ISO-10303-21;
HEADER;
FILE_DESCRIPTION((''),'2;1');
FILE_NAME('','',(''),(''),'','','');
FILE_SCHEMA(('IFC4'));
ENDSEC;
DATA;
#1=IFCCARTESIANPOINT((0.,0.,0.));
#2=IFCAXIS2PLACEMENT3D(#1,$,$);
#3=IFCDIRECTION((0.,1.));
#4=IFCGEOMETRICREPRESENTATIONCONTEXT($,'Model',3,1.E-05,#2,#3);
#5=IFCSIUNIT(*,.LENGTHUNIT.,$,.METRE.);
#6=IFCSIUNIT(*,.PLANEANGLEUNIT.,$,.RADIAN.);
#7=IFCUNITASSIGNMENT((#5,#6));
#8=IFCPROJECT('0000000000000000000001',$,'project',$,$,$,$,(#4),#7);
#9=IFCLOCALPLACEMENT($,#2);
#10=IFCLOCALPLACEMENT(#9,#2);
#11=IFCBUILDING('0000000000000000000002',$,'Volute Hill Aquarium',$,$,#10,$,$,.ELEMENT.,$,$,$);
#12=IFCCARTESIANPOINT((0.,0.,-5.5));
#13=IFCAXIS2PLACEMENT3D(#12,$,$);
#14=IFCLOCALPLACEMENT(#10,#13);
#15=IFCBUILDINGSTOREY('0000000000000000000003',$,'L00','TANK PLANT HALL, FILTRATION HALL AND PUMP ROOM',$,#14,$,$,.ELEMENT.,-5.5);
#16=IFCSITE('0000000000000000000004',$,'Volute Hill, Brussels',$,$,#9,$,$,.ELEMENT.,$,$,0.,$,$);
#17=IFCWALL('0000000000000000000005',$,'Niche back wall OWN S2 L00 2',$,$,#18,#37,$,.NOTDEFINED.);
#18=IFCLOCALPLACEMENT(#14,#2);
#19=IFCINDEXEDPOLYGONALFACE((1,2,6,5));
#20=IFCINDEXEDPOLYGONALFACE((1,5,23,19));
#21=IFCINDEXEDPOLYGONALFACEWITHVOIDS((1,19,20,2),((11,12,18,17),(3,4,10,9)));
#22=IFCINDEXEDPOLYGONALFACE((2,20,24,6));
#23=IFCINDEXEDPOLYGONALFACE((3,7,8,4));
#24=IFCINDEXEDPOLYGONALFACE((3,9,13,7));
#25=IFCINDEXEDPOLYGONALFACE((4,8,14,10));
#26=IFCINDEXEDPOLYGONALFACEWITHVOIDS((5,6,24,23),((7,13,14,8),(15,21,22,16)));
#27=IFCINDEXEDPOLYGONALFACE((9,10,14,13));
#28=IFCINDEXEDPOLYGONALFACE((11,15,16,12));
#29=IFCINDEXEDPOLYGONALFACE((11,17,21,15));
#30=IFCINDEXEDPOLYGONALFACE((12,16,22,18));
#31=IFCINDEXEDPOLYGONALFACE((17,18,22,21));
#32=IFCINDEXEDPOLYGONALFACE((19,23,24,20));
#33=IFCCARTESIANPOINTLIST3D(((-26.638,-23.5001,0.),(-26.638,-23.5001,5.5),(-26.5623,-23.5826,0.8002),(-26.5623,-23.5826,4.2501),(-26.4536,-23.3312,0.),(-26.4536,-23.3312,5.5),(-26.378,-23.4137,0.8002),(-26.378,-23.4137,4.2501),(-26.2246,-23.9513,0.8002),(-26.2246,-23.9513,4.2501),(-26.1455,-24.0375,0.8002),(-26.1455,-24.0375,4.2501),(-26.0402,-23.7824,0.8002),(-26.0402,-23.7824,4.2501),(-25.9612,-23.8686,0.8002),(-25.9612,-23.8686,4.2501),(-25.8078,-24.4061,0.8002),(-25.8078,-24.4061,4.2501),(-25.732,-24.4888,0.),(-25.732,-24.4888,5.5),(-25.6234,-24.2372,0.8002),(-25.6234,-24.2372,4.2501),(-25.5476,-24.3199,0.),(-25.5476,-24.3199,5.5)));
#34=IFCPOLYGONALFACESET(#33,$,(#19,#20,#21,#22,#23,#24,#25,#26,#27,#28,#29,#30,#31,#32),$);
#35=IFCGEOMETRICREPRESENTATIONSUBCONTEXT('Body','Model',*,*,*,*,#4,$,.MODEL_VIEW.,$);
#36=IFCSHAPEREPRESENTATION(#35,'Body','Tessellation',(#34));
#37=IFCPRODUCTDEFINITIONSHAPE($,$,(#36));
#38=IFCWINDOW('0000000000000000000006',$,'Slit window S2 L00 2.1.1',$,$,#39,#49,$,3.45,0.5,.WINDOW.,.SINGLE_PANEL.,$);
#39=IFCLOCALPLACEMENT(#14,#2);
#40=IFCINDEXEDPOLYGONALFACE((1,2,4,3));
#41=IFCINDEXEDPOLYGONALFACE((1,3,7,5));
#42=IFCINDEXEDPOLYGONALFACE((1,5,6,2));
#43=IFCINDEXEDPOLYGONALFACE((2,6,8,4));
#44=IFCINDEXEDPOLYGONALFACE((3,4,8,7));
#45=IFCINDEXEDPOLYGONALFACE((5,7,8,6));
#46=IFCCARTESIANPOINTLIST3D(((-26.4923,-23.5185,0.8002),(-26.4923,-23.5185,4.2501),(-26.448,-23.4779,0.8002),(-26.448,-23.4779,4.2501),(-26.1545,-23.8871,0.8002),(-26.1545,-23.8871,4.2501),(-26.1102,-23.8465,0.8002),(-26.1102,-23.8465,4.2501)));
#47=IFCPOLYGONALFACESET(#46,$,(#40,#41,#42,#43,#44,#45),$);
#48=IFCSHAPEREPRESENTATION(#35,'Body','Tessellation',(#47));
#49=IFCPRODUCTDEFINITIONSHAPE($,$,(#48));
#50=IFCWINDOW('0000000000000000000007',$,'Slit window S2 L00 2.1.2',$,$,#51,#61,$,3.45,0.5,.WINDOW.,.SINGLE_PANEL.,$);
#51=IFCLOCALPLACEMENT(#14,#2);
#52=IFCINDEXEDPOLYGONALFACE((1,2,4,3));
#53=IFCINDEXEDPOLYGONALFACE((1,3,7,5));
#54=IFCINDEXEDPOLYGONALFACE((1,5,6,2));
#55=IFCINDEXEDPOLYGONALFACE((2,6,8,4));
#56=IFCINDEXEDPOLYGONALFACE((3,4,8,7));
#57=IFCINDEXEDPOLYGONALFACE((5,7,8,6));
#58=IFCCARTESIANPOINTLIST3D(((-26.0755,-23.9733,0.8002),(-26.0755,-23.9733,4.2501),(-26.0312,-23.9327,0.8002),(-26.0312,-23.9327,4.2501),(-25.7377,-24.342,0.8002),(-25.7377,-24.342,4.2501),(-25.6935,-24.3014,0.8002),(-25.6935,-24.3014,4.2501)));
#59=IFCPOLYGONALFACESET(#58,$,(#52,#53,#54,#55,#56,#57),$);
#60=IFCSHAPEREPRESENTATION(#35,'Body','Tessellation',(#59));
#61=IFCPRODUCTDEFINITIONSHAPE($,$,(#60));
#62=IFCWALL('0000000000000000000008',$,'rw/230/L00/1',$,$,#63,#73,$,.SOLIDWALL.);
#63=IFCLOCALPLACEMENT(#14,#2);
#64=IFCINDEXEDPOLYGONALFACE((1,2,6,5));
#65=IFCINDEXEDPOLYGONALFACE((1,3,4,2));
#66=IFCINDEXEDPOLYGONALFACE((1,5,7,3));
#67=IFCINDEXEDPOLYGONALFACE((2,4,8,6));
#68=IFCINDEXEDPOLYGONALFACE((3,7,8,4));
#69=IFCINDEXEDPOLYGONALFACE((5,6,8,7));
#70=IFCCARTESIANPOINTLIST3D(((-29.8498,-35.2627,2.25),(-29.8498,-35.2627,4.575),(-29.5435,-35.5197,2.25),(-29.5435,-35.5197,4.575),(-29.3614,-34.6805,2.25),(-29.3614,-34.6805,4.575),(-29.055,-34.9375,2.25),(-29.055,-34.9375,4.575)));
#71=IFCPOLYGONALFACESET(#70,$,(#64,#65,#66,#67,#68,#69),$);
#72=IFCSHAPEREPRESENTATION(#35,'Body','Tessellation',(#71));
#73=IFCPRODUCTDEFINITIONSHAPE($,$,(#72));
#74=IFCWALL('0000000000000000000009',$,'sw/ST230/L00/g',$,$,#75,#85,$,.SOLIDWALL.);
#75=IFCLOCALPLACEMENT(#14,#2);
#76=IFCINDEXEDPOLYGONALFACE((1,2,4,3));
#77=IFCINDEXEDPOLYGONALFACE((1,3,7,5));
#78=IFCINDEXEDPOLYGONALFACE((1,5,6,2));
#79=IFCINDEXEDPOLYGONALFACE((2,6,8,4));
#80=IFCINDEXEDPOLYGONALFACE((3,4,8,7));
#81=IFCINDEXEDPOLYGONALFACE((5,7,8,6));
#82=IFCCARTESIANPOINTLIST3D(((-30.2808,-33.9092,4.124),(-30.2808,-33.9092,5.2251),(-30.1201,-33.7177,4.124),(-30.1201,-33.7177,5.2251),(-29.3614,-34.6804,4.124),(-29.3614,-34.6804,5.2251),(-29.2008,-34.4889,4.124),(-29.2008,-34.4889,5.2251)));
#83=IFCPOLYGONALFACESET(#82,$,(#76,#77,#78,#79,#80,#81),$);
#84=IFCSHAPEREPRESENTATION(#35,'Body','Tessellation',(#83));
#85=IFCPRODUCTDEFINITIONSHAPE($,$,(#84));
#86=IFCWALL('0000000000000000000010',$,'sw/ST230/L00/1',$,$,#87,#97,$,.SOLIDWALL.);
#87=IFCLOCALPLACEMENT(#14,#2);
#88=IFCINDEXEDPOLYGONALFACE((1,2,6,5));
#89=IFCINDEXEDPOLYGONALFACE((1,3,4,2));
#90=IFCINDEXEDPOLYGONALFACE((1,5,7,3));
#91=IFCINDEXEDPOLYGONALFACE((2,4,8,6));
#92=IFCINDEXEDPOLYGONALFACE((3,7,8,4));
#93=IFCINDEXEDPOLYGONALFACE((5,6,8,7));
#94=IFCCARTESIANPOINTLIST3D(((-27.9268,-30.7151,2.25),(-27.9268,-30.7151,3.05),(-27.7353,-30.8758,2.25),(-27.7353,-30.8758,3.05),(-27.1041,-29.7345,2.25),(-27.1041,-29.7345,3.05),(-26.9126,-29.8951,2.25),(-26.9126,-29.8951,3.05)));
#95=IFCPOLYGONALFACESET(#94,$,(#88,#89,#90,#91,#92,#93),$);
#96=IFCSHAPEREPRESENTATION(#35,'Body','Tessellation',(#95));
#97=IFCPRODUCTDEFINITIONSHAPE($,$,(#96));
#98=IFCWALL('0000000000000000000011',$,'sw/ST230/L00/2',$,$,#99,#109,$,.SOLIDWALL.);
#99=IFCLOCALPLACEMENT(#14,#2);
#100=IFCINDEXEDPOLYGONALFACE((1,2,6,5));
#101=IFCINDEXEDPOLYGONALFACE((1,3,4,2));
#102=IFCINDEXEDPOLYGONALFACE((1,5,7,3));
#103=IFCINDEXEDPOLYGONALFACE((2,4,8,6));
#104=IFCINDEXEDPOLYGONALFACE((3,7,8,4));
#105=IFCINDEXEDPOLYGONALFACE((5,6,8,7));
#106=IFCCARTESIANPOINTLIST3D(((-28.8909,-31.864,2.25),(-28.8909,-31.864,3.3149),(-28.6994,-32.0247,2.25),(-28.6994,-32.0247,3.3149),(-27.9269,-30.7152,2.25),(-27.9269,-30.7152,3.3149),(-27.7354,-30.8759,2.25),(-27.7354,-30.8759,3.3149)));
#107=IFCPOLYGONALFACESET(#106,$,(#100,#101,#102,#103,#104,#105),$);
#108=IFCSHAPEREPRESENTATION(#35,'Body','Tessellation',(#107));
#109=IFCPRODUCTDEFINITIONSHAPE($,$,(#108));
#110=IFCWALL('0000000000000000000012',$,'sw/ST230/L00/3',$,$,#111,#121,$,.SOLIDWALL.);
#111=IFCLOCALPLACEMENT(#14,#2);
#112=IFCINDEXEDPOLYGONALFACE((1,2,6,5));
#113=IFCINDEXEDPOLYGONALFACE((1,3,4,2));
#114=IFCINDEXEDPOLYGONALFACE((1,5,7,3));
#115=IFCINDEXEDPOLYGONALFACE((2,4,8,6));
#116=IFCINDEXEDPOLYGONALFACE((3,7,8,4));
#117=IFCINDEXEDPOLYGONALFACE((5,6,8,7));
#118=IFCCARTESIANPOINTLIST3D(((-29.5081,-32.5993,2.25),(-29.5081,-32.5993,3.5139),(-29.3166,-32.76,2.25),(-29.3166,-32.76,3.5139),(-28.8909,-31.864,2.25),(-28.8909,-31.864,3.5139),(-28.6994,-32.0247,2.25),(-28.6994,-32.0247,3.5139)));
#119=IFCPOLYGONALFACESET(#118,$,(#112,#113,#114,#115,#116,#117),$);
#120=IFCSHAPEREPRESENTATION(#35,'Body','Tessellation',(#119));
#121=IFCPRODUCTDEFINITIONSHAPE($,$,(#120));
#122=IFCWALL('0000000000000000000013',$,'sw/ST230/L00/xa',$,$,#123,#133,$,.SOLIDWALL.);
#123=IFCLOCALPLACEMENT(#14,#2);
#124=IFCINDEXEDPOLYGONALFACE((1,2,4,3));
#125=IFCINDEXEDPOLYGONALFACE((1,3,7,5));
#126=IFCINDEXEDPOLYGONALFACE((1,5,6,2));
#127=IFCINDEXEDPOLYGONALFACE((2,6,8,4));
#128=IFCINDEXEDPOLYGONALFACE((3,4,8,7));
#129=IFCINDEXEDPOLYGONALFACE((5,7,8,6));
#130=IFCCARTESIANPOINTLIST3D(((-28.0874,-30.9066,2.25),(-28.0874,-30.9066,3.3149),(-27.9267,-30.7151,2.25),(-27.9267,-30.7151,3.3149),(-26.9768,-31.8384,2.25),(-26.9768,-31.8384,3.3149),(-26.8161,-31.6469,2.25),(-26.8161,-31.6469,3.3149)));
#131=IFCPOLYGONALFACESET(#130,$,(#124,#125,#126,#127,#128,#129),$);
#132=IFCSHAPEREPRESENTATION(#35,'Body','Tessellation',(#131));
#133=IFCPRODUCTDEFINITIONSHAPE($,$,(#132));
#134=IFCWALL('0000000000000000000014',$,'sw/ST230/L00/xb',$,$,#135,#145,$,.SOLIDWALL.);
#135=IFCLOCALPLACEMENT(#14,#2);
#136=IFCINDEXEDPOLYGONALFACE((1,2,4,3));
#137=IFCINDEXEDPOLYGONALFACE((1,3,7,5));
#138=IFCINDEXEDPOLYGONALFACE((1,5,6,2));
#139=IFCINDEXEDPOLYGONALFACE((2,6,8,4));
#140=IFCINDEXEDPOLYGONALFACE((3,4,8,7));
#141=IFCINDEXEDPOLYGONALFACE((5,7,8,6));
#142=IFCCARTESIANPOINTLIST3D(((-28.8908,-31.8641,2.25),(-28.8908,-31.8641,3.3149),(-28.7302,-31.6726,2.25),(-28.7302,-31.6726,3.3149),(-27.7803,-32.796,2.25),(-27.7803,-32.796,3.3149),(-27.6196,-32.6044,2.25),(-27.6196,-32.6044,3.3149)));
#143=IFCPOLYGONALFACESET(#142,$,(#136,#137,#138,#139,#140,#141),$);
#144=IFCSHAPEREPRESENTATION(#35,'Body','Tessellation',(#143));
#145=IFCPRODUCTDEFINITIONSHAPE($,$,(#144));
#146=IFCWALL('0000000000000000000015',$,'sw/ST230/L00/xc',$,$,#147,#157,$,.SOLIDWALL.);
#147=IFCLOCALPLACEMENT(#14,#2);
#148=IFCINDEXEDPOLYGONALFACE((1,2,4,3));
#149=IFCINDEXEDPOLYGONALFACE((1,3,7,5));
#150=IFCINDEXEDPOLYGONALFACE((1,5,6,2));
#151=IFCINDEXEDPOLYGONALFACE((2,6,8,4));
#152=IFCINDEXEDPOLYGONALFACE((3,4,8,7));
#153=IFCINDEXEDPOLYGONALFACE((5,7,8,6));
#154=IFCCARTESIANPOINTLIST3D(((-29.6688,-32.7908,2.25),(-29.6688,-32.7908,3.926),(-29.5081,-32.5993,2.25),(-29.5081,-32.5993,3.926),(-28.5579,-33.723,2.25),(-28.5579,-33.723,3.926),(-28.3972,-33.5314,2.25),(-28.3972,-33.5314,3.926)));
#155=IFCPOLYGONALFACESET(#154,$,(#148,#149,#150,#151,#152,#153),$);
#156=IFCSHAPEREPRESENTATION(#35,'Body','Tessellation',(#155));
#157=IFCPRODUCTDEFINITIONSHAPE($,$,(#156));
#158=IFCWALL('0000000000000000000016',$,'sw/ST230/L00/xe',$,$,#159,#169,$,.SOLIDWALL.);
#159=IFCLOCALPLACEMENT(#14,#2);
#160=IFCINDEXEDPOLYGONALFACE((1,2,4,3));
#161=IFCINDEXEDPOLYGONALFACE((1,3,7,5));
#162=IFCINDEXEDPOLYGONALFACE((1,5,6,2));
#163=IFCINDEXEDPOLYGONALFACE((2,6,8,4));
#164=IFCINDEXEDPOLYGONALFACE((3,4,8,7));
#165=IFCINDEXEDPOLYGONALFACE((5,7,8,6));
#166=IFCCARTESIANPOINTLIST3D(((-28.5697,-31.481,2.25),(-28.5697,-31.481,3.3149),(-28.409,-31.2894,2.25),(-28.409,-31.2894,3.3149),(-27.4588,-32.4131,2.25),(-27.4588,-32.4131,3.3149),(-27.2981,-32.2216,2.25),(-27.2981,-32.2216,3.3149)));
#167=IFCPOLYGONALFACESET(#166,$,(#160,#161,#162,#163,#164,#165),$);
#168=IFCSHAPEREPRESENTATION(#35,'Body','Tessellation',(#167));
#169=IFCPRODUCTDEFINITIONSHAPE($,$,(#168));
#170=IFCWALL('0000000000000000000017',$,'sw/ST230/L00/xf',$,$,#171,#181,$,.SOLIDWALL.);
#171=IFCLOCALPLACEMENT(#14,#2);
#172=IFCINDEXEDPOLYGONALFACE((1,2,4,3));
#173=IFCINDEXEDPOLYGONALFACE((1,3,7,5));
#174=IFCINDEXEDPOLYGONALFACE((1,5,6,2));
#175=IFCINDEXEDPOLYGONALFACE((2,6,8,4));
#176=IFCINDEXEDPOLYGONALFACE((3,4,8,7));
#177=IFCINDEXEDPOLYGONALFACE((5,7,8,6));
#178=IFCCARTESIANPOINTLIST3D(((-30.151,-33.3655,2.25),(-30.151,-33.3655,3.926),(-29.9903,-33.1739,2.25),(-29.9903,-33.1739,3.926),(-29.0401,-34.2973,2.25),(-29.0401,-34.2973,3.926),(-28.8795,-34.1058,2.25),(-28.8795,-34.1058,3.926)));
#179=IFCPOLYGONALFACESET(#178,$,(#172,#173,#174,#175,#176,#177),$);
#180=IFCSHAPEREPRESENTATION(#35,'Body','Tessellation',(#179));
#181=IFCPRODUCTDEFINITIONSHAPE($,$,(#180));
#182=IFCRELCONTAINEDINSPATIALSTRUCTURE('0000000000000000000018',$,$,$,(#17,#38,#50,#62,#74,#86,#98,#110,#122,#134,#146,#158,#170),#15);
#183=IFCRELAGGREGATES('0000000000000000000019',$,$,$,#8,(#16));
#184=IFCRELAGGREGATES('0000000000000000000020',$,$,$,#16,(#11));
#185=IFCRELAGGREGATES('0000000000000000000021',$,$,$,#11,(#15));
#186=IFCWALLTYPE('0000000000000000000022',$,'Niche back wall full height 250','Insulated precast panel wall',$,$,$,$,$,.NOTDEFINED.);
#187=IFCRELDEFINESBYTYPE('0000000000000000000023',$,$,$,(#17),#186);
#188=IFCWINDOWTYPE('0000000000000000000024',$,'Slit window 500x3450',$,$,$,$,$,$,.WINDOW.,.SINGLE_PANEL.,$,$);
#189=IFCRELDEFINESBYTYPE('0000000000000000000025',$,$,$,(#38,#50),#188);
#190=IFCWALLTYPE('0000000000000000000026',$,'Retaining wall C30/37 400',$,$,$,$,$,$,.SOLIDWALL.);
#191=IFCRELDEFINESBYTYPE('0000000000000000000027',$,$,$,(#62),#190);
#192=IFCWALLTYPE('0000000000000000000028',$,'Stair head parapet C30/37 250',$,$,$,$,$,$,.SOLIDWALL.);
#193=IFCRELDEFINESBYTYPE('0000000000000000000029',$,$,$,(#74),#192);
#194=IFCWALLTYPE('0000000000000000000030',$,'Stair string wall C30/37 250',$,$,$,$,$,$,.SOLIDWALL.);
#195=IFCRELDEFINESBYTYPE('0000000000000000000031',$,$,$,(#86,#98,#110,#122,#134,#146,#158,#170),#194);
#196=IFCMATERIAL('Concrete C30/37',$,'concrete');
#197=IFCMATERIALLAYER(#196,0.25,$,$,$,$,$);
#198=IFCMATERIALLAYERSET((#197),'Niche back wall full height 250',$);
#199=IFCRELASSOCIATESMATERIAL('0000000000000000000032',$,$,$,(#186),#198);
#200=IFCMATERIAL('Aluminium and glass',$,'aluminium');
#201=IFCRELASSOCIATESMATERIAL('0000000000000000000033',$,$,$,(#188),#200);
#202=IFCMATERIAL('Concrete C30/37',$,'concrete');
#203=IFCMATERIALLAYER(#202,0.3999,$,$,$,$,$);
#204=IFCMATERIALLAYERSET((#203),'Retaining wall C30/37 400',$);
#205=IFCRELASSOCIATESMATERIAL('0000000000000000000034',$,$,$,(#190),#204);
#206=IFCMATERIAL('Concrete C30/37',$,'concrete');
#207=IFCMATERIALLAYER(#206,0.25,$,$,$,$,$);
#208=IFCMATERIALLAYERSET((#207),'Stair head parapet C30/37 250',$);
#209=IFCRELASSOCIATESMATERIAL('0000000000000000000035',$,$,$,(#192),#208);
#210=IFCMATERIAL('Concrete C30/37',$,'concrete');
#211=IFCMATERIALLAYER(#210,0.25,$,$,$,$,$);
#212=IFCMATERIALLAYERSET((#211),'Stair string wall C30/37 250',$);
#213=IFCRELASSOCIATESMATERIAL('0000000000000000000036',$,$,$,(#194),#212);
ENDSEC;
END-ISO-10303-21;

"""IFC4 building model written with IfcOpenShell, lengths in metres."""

from ifc_helpers import new_model, si_unit, direction, frame, frame_2d, origin, place, context, subcontext, project, spatial, rectangle, extrude, material, layer, layer_set, type_object, element, fill, save


model = new_model("IFC4")

# Units and contexts
model_context = context("Model", 3, precision=1e-05, world=origin(), true_north=direction((0.0, 1.0)))
body_context = subcontext(model_context, "Body", "Model", "MODEL_VIEW")
ifc_project = project(units=[si_unit("LENGTHUNIT", "METRE"), si_unit("PLANEANGLEUNIT", "RADIAN")], contexts=[model_context])

# Site, building, storey
site_placement = place(None, origin())
site = spatial("IfcSite", under=ifc_project, at=site_placement, Name="Volute Hill, Brussels", CompositionType="ELEMENT", RefElevation=0.0)
building_placement = place(site_placement, origin())
building = spatial("IfcBuilding", under=site, at=building_placement, Name="Volute Hill Aquarium", CompositionType="ELEMENT")
storey_placement = place(building_placement, frame((0.0, 0.0, -5.5)))
storey = spatial("IfcBuildingStorey", under=building, at=storey_placement, Name="L00", Description="TANK PLANT HALL, FILTRATION HALL AND PUMP ROOM", CompositionType="ELEMENT", Elevation=-5.5)

# Wall, openings, windows
ifc_material_1 = material(Name="Concrete C30/37", Category="concrete")
ifc_layer_1 = layer(ifc_material_1, 0.25)
ifc_layer_set_1 = layer_set([ifc_layer_1], Name="Niche back wall full height 250")
wall_type_1 = type_object("IfcWallType", Name="Niche back wall full height 250", Description="Insulated precast panel wall", PredefinedType="NOTDEFINED", material=ifc_layer_set_1)
wall_1_placement = place(storey_placement, frame((-25.6399, -24.4043, 0.0), z_axis=(0.0, 0.0, 1.0), x_axis=(-0.675576, 0.73729, 0.0)))
wall_1 = element("IfcWall", 1, at=wall_1_placement, inside=storey, type_object=wall_type_1, Name="Niche back wall OWN S2 L00 2", PredefinedType="NOTDEFINED", context=body_context, shape_type="SweptSolid", body=[
    extrude(rectangle(XDim=1.3411, YDim=0.25, at=frame_2d((0.6704, 0.0))), origin(), (0.0, 0.0, 1.0), 5.5),
])
opening_1_placement = place(wall_1_placement, frame((0.729, 0.0, 0.8)))
opening_1 = element("IfcOpeningElement", 2, at=opening_1_placement, cuts=wall_1, PredefinedType="OPENING", context=body_context, shape_type="SweptSolid", body=[
    extrude(rectangle(XDim=0.5, YDim=3.45, at=frame_2d((0.25, 1.7251))), frame((0.0, 0.135, 0.0), z_axis=(0.0, -1.0, 0.0), x_axis=(1.0, 0.0, 0.0)), (0.0, 0.0, 1.0), 0.27),
])
opening_2_placement = place(wall_1_placement, frame((0.1121, 0.0, 0.8)))
opening_2 = element("IfcOpeningElement", 3, at=opening_2_placement, cuts=wall_1, PredefinedType="OPENING", context=body_context, shape_type="SweptSolid", body=[
    extrude(rectangle(XDim=0.5, YDim=3.45, at=frame_2d((0.25, 1.7251))), frame((0.0, 0.135, 0.0), z_axis=(0.0, -1.0, 0.0), x_axis=(1.0, 0.0, 0.0)), (0.0, 0.0, 1.0), 0.27),
])
ifc_material_2 = material(Name="Aluminium and glass", Category="aluminium")
window_type = type_object("IfcWindowType", Name="Slit window 500x3450", PartitioningType="SINGLE_PANEL", PredefinedType="WINDOW", material=ifc_material_2)
window_1_placement = place(opening_1_placement, origin())
window_1 = element("IfcWindow", 4, at=window_1_placement, inside=storey, type_object=window_type, Name="Slit window S2 L00 2.1.1", OverallHeight=3.45, OverallWidth=0.5, PartitioningType="SINGLE_PANEL", PredefinedType="WINDOW", context=body_context, shape_type="SweptSolid", body=[
    extrude(rectangle(XDim=0.5, YDim=3.45, at=frame_2d((0.25, 1.7251))), frame((0.0, 0.03, 0.0), z_axis=(0.0, -1.0, 0.0), x_axis=(1.0, 0.0, 0.0)), (0.0, 0.0, 1.0), 0.0601),
])
fill(opening_1, window_1)
window_2_placement = place(opening_2_placement, origin())
window_2 = element("IfcWindow", 5, at=window_2_placement, inside=storey, type_object=window_type, Name="Slit window S2 L00 2.1.2", OverallHeight=3.45, OverallWidth=0.5, PartitioningType="SINGLE_PANEL", PredefinedType="WINDOW", context=body_context, shape_type="SweptSolid", body=[
    extrude(rectangle(XDim=0.5, YDim=3.45, at=frame_2d((0.25, 1.7251))), frame((0.0, 0.03, 0.0), z_axis=(0.0, -1.0, 0.0), x_axis=(1.0, 0.0, 0.0)), (0.0, 0.0, 1.0), 0.0601),
])
fill(opening_2, window_2)

# Walls
ifc_material_3 = material(Name="Concrete C30/37", Category="concrete")
ifc_layer_2 = layer(ifc_material_3, 0.3999)
ifc_layer_set_2 = layer_set([ifc_layer_2], Name="Retaining wall C30/37 400")
wall_type_2 = type_object("IfcWallType", Name="Retaining wall C30/37 400", PredefinedType="SOLIDWALL", material=ifc_layer_set_2)
wall_2_placement = place(storey_placement, frame((-29.2083, -34.8091, 2.25), z_axis=(0.0, 0.0, 1.0), x_axis=(-0.64274, -0.766084, 0.0)))
element("IfcWall", 6, at=wall_2_placement, inside=storey, type_object=wall_type_2, Name="rw/230/L00/1", PredefinedType="SOLIDWALL", context=body_context, shape_type="SweptSolid", body=[
    extrude(rectangle(XDim=0.76, YDim=0.3999, at=frame_2d((0.3799, 0.0))), origin(), (0.0, 0.0, 1.0), 2.325),
])
ifc_material_4 = material(Name="Concrete C30/37", Category="concrete")
ifc_layer_3 = layer(ifc_material_4, 0.25)
ifc_layer_set_3 = layer_set([ifc_layer_3], Name="Stair head parapet C30/37 250")
wall_type_3 = type_object("IfcWallType", Name="Stair head parapet C30/37 250", PredefinedType="SOLIDWALL", material=ifc_layer_set_3)
wall_3_placement = place(storey_placement, frame((-29.281, -34.5847, 4.124), z_axis=(0.0, 0.0, 1.0), x_axis=(-0.76615, 0.642662, 0.0)))
element("IfcWall", 7, at=wall_3_placement, inside=storey, type_object=wall_type_3, Name="sw/ST230/L00/g", PredefinedType="SOLIDWALL", context=body_context, shape_type="SweptSolid", body=[
    extrude(rectangle(XDim=1.2, YDim=0.25, at=frame_2d((0.6001, 0.0))), origin(), (0.0, 0.0, 1.0), 1.1011),
])
ifc_material_5 = material(Name="Concrete C30/37", Category="concrete")
ifc_layer_4 = layer(ifc_material_5, 0.25)
ifc_layer_set_4 = layer_set([ifc_layer_4], Name="Stair string wall C30/37 250")
wall_type_4 = type_object("IfcWallType", Name="Stair string wall C30/37 250", PredefinedType="SOLIDWALL", material=ifc_layer_set_4)
wall_4_placement = place(storey_placement, frame((-27.0083, -29.8147, 2.25), z_axis=(0.0, 0.0, 1.0), x_axis=(-0.642713, -0.766107, 0.0)))
element("IfcWall", 8, at=wall_4_placement, inside=storey, type_object=wall_type_4, Name="sw/ST230/L00/1", PredefinedType="SOLIDWALL", context=body_context, shape_type="SweptSolid", body=[
    extrude(rectangle(XDim=1.28, YDim=0.25, at=frame_2d((0.6401, 0.0))), origin(), (0.0, 0.0, 1.0), 0.8),
])
wall_5_placement = place(storey_placement, frame((-27.8311, -30.7954, 2.25), z_axis=(0.0, 0.0, 1.0), x_axis=(-0.642806, -0.766029, 0.0)))
element("IfcWall", 9, at=wall_5_placement, inside=storey, type_object=wall_type_4, Name="sw/ST230/L00/2", PredefinedType="SOLIDWALL", context=body_context, shape_type="SweptSolid", body=[
    extrude(rectangle(XDim=1.4998, YDim=0.25, at=frame_2d((0.75, 0.0))), origin(), (0.0, 0.0, 1.0), 1.0649),
])
wall_6_placement = place(storey_placement, frame((-28.7952, -31.9443, 2.25), z_axis=(0.0, 0.0, 1.0), x_axis=(-0.642882, -0.765965, 0.0)))
element("IfcWall", 10, at=wall_6_placement, inside=storey, type_object=wall_type_4, Name="sw/ST230/L00/3", PredefinedType="SOLIDWALL", context=body_context, shape_type="SweptSolid", body=[
    extrude(rectangle(XDim=0.96, YDim=0.25, at=frame_2d((0.48, 0.0))), origin(), (0.0, 0.0, 1.0), 1.2639),
])
for number, where, z_axis, x_axis, name in (
    (11, (-26.8965, -31.7427, 2.25), (0.0, 0.0, 1.0), (-0.76605, 0.642781, 0.0), "sw/ST230/L00/xa"),
    (12, (-27.7, -32.7002, 2.25), (0.0, 0.0, 1.0), (-0.76605, 0.642781, 0.0), "sw/ST230/L00/xb"),
):
    element("IfcWall", number, at=place(storey_placement, frame(where, z_axis=z_axis, x_axis=x_axis)), inside=storey, type_object=wall_type_4, Name=name, PredefinedType="SOLIDWALL", context=body_context, shape_type="SweptSolid", body=[
        extrude(rectangle(XDim=1.4497, YDim=0.25, at=frame_2d((0.7249, 0.0))), origin(), (0.0, 0.0, 1.0), 1.0649),
    ])
wall_7_placement = place(storey_placement, frame((-28.4775, -33.6272, 2.25), z_axis=(0.0, 0.0, 1.0), x_axis=(-0.766036, 0.642797, 0.0)))
element("IfcWall", 13, at=wall_7_placement, inside=storey, type_object=wall_type_4, Name="sw/ST230/L00/xc", PredefinedType="SOLIDWALL", context=body_context, shape_type="SweptSolid", body=[
    extrude(rectangle(XDim=1.4502, YDim=0.25, at=frame_2d((0.7251, 0.0))), origin(), (0.0, 0.0, 1.0), 1.676),
])
wall_8_placement = place(storey_placement, frame((-27.3784, -32.3174, 2.25), z_axis=(0.0, 0.0, 1.0), x_axis=(-0.766036, 0.642797, 0.0)))
element("IfcWall", 14, at=wall_8_placement, inside=storey, type_object=wall_type_4, Name="sw/ST230/L00/xe", PredefinedType="SOLIDWALL", context=body_context, shape_type="SweptSolid", body=[
    extrude(rectangle(XDim=1.4502, YDim=0.25, at=frame_2d((0.7251, 0.0))), origin(), (0.0, 0.0, 1.0), 1.0649),
])
wall_9_placement = place(storey_placement, frame((-28.9597, -34.2017, 2.25), z_axis=(0.0, 0.0, 1.0), x_axis=(-0.766119, 0.642698, 0.0)))
element("IfcWall", 15, at=wall_9_placement, inside=storey, type_object=wall_type_4, Name="sw/ST230/L00/xf", PredefinedType="SOLIDWALL", context=body_context, shape_type="SweptSolid", body=[
    extrude(rectangle(XDim=1.45, YDim=0.25, at=frame_2d((0.7251, 0.0))), origin(), (0.0, 0.0, 1.0), 1.676),
])

save(model, "model.ifc")
